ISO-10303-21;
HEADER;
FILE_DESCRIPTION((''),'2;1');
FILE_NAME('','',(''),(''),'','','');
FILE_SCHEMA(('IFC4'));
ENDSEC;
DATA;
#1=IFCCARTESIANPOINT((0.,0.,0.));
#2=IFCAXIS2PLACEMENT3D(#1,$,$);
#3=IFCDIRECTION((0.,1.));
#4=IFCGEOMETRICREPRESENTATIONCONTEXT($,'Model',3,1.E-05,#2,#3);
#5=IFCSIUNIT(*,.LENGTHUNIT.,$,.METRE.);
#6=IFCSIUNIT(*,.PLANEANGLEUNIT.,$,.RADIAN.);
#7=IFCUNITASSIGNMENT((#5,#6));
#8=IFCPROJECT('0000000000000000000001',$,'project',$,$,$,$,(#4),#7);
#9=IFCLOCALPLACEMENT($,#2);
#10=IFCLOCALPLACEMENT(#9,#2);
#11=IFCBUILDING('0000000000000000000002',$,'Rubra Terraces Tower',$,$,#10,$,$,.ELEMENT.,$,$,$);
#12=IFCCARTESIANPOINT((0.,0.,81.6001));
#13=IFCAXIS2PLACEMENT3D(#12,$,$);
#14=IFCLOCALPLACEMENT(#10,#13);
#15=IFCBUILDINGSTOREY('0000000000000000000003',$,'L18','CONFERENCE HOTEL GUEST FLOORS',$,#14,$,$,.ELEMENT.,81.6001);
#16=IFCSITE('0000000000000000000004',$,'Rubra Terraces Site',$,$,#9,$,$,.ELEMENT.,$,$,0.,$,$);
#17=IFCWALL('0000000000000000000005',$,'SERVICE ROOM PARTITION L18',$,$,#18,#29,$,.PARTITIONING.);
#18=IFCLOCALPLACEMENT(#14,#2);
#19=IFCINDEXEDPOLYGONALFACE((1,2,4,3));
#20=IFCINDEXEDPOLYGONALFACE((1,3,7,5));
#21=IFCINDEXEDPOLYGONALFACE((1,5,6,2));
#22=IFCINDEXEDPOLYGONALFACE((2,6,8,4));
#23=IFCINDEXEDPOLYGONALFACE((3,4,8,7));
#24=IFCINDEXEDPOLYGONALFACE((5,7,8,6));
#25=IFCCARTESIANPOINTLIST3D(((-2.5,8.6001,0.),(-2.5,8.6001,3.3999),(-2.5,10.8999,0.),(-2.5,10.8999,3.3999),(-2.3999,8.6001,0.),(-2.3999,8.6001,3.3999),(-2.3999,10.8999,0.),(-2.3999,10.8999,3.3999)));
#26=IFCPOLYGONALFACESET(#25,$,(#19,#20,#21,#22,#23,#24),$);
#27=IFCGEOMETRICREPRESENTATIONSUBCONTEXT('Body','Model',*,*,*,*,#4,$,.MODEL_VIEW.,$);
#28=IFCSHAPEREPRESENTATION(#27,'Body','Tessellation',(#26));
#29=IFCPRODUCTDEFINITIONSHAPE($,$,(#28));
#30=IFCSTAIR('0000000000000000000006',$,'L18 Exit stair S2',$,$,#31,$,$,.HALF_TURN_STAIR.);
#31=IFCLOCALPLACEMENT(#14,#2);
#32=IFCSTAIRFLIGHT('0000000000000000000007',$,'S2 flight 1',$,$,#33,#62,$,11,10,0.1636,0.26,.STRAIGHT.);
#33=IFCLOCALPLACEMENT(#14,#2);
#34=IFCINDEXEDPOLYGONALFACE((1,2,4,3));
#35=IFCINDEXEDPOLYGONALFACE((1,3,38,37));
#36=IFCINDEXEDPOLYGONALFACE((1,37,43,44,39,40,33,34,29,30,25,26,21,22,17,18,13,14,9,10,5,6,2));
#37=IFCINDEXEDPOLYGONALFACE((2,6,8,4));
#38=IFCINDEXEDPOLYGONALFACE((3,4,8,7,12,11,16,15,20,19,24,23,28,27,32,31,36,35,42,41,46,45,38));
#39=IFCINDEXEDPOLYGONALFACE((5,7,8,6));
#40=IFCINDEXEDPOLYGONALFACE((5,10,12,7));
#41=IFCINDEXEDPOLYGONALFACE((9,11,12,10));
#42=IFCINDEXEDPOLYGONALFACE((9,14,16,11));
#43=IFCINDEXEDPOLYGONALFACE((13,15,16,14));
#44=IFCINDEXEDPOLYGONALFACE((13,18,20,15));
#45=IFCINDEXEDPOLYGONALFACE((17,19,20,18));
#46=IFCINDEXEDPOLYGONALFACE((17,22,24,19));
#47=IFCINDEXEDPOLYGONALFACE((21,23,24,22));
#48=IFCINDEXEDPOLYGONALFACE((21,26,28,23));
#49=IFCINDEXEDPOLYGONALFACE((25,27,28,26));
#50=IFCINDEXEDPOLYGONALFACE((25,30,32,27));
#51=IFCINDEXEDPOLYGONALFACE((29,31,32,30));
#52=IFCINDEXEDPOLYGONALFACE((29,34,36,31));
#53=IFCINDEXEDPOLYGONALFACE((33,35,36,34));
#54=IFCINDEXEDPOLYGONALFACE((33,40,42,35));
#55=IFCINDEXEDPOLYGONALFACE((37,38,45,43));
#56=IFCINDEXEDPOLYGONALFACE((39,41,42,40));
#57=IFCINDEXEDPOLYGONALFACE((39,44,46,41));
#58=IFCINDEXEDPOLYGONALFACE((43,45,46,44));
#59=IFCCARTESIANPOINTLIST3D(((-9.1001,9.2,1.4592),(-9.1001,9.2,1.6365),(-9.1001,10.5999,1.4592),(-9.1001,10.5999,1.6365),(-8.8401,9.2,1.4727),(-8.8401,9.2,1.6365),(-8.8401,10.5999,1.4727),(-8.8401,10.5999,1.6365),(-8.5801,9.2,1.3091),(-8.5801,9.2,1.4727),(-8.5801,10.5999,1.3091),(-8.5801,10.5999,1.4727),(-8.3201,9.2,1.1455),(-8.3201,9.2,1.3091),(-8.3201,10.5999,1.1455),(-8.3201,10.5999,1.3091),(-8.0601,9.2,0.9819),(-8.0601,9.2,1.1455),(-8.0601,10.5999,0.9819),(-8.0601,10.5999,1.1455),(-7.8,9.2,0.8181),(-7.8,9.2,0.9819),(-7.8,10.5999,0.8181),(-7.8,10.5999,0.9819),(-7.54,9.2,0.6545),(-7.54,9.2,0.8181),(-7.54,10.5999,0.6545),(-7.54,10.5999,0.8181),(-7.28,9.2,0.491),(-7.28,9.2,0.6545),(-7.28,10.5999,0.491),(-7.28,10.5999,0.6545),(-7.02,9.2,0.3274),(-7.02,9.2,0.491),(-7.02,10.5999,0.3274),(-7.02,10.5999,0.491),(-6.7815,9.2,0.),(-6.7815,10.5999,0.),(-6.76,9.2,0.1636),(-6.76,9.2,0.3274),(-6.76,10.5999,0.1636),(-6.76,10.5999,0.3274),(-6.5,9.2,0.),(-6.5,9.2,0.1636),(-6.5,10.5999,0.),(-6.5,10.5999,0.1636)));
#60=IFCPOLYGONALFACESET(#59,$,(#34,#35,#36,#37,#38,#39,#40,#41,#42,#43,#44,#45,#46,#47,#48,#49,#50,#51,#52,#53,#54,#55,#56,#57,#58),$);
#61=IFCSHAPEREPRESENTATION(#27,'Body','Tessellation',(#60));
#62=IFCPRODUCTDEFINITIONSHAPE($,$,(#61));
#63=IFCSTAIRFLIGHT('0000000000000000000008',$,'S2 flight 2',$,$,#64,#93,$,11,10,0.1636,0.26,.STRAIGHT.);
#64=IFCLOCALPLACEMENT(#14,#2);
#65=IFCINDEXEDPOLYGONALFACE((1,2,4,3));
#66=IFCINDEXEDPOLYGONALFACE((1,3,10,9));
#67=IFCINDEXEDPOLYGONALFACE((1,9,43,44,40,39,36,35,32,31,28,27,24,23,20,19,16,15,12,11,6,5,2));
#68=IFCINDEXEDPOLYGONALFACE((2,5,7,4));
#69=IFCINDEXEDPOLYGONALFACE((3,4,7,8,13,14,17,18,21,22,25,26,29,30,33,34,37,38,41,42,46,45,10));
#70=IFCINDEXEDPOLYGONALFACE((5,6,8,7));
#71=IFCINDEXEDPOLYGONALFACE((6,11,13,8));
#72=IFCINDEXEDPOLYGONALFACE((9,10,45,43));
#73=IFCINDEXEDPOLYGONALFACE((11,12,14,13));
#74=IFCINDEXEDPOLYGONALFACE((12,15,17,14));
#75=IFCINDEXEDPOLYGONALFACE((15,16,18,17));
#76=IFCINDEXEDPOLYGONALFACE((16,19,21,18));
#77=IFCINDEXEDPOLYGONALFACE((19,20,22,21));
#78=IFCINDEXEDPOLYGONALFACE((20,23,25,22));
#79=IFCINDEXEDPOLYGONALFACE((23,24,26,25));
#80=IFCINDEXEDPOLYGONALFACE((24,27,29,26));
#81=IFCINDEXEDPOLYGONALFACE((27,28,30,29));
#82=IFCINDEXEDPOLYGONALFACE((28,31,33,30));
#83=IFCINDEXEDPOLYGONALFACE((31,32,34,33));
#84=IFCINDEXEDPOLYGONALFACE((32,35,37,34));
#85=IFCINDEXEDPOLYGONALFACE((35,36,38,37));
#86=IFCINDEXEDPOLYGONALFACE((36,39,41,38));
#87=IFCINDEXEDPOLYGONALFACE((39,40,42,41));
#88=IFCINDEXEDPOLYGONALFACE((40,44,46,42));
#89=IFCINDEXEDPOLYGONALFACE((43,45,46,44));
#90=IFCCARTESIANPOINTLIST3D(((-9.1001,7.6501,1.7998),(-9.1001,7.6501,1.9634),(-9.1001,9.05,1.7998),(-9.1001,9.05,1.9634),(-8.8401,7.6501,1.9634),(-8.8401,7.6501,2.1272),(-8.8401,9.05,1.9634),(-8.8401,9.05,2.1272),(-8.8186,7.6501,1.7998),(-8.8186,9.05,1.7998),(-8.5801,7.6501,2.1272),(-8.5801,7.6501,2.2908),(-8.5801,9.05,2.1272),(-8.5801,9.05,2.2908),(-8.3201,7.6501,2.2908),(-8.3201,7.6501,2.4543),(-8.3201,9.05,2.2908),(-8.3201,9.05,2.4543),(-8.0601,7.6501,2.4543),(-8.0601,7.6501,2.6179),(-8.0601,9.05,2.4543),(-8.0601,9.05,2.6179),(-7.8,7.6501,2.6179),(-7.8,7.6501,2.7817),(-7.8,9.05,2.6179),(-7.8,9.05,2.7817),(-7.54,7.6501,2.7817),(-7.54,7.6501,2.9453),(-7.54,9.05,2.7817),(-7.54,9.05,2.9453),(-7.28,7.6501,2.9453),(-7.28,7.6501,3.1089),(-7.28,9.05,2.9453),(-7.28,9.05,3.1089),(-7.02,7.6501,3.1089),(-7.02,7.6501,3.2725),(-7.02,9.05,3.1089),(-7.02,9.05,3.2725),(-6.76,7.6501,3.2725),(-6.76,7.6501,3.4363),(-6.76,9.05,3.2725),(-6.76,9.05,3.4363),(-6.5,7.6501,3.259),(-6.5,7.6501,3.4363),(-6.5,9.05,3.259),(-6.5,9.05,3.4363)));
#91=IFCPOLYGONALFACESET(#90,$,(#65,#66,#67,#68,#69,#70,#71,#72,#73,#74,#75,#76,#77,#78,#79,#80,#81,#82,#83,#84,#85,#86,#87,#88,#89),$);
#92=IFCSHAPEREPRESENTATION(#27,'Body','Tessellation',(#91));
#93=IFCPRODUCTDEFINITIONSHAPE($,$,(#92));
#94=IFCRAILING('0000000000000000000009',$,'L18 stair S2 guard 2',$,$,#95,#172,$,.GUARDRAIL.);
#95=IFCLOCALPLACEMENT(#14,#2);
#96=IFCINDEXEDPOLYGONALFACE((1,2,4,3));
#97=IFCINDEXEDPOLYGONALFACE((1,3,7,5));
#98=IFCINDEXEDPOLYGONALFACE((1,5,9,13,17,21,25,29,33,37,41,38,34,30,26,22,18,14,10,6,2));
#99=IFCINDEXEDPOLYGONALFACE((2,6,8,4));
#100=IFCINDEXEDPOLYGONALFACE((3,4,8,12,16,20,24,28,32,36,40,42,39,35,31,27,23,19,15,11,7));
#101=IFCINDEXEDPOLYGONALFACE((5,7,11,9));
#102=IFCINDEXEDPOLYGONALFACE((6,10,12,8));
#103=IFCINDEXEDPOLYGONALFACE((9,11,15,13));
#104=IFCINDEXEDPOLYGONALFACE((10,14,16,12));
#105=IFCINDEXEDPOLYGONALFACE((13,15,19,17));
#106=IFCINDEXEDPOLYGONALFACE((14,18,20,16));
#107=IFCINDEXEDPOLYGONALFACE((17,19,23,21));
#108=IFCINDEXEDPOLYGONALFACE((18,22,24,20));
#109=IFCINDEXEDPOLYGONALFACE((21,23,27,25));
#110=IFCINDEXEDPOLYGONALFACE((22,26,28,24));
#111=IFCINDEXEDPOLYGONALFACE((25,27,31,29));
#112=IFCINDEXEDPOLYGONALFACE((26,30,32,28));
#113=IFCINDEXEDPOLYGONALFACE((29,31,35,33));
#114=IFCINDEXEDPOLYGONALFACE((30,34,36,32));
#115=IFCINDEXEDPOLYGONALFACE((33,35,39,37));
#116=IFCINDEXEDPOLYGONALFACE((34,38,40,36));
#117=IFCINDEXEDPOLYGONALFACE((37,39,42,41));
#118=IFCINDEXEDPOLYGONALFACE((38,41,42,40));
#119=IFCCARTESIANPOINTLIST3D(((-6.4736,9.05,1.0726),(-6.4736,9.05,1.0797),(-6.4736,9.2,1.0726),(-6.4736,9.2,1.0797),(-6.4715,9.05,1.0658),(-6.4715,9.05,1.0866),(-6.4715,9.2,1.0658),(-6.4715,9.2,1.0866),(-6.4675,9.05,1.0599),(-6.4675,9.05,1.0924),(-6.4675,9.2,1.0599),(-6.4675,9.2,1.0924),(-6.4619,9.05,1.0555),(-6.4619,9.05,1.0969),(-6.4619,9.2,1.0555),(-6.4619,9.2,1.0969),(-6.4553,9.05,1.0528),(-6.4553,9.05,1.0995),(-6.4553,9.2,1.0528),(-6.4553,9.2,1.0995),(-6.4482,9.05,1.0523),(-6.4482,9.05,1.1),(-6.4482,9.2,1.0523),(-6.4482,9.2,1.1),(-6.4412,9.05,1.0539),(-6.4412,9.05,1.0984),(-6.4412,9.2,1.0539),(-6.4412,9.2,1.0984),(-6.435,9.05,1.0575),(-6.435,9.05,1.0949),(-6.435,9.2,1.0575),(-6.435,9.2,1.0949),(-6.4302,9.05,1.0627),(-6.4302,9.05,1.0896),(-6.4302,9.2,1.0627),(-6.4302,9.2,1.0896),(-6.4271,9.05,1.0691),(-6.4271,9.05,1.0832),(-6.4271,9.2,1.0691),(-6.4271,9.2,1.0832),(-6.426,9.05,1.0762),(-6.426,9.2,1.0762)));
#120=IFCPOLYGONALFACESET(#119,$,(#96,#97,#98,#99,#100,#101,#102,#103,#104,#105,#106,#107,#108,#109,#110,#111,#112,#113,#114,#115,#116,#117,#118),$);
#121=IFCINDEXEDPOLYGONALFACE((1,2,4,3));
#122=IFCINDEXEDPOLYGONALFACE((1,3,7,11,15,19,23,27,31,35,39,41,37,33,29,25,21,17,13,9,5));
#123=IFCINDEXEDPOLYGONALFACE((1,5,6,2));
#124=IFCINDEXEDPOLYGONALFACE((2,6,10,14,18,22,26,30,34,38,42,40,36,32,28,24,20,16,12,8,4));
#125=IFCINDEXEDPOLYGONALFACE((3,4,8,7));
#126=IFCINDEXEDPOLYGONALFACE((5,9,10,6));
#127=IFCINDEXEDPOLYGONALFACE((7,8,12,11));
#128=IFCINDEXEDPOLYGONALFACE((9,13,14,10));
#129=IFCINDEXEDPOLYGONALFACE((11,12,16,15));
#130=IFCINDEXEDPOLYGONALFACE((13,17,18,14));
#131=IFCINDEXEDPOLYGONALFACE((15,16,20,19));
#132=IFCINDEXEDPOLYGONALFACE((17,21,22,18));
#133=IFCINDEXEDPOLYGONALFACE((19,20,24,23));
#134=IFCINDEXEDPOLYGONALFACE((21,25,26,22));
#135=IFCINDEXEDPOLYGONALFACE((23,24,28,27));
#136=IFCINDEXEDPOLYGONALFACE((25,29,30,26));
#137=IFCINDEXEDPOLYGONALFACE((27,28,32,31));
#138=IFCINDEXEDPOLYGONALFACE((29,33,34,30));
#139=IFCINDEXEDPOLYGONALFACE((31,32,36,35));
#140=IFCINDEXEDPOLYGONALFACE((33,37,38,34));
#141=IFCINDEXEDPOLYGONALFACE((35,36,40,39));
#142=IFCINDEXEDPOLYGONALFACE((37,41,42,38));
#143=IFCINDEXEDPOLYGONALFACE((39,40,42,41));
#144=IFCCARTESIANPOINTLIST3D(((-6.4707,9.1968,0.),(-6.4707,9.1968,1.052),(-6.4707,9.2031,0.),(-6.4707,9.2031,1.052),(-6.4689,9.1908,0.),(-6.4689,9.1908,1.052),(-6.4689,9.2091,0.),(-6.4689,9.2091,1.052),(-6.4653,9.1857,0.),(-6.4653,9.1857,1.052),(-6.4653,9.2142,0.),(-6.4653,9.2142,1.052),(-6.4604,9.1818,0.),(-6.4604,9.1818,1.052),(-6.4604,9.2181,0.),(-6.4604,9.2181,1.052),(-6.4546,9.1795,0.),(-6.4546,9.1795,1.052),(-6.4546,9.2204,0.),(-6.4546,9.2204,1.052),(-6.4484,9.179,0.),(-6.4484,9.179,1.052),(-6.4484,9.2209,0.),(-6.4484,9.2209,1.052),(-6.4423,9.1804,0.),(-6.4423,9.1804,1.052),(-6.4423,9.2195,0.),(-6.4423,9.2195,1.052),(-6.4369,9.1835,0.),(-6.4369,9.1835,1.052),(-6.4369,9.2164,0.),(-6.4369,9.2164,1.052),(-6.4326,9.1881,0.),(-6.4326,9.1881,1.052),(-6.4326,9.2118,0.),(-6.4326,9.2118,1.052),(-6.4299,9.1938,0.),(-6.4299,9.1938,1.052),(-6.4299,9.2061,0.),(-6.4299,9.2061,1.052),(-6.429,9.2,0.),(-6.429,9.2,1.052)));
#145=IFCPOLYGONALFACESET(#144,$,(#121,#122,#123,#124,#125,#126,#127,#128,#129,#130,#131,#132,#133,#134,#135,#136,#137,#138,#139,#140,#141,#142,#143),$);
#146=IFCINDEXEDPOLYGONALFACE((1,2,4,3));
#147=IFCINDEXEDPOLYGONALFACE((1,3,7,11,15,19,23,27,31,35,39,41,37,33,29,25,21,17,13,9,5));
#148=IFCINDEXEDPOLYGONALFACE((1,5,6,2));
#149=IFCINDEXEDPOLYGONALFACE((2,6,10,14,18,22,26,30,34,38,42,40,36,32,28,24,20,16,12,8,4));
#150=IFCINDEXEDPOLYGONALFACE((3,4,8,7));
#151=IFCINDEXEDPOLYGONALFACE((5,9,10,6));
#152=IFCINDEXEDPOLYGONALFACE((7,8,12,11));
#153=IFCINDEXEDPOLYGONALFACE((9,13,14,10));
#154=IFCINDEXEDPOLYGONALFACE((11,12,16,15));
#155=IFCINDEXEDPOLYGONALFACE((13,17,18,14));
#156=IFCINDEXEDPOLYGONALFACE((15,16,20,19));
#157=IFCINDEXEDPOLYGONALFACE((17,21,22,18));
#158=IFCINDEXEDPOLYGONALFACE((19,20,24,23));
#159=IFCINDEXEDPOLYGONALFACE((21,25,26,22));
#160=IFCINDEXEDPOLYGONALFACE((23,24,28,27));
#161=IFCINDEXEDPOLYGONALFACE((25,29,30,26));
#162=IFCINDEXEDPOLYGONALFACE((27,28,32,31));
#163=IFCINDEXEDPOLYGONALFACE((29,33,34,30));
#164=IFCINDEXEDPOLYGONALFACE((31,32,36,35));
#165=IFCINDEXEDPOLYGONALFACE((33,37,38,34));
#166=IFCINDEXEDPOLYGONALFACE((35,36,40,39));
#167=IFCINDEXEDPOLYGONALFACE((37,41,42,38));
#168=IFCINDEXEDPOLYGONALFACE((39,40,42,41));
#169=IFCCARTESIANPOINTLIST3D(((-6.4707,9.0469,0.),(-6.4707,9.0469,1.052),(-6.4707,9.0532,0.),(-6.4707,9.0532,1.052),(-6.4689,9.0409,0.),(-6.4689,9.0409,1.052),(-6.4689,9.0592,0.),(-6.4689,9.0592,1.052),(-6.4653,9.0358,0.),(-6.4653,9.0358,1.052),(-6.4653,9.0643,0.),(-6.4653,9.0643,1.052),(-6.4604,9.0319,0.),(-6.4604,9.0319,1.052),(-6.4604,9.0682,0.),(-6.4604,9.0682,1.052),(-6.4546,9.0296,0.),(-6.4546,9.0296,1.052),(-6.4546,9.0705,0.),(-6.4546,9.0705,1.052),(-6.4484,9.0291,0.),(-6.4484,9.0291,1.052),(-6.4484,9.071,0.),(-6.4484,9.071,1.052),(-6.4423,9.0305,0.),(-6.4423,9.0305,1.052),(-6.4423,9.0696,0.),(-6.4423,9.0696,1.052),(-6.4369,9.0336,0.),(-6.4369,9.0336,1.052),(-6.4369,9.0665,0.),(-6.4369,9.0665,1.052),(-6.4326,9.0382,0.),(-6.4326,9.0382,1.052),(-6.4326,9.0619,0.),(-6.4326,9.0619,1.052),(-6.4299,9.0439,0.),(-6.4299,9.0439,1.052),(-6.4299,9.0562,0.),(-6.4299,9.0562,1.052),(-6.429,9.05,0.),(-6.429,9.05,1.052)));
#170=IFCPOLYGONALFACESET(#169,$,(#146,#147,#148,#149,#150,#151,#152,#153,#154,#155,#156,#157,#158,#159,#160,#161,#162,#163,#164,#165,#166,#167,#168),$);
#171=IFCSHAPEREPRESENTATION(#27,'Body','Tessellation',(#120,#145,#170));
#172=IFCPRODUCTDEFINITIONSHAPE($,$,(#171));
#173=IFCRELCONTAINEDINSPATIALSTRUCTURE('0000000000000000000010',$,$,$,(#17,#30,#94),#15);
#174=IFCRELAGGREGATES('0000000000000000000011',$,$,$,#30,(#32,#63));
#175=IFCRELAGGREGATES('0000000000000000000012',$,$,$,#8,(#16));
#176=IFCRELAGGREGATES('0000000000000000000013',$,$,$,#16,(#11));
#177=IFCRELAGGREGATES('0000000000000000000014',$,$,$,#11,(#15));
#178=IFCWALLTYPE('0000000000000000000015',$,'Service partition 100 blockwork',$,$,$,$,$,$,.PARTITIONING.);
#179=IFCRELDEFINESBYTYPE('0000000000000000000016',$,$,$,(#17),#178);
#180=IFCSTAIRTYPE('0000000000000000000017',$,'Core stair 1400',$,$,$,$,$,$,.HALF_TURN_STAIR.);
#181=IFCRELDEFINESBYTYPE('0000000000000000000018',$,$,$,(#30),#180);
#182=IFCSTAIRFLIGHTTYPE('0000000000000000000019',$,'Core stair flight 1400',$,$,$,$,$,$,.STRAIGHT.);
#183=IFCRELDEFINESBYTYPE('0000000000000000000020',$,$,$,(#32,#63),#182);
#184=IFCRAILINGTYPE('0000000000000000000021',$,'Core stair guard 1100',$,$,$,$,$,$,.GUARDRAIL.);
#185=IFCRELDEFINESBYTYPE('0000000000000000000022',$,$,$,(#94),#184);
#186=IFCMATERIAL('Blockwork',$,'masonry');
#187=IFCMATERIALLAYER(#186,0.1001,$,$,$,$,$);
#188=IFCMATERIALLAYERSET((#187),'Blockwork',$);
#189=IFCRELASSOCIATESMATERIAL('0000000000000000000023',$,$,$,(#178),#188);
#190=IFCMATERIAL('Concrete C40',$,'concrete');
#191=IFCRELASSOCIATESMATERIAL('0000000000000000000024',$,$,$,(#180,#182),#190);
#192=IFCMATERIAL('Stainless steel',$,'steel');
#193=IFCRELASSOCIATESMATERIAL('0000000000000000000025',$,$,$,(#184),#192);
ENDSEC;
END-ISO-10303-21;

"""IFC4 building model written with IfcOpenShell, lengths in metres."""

from ifc_helpers import new_model, si_unit, direction, frame, frame_2d, origin, origin_2d, place, context, subcontext, project, spatial, polyline, rectangle, circle, outline, extrude, material, layer, layer_set, type_object, element, aggregate, save


model = new_model("IFC4")

# Units and contexts
model_context = context("Model", 3, precision=1e-05, world=origin(), true_north=direction((0.0, 1.0)))
body_context = subcontext(model_context, "Body", "Model", "MODEL_VIEW")
ifc_project = project(units=[si_unit("LENGTHUNIT", "METRE"), si_unit("PLANEANGLEUNIT", "RADIAN")], contexts=[model_context])

# Site, building, storey
site_placement = place(None, origin())
site = spatial("IfcSite", under=ifc_project, at=site_placement, Name="Rubra Terraces Site", CompositionType="ELEMENT", RefElevation=0.0)
building_placement = place(site_placement, origin())
building = spatial("IfcBuilding", under=site, at=building_placement, Name="Rubra Terraces Tower", CompositionType="ELEMENT")
storey_placement = place(building_placement, frame((0.0, 0.0, 81.6001)))
storey = spatial("IfcBuildingStorey", under=building, at=storey_placement, Name="L18", Description="CONFERENCE HOTEL GUEST FLOORS", CompositionType="ELEMENT", Elevation=81.6001)

# Wall
ifc_material_1 = material(Name="Concrete C40", Category="concrete")
ifc_material_2 = material(Name="Blockwork", Category="masonry")
ifc_layer_1 = layer(ifc_material_2, 0.1001)
ifc_layer_set_1 = layer_set([ifc_layer_1], Name="Blockwork")
wall_type_1 = type_object("IfcWallType", Name="Service partition 100 blockwork", PredefinedType="PARTITIONING", material=ifc_layer_set_1)
wall_1_placement = place(storey_placement, frame((-2.45, 8.6001, 0.0), z_axis=(0.0, 0.0, 1.0), x_axis=(0.0, 1.0, 0.0)))
element("IfcWall", 1, at=wall_1_placement, inside=storey, type_object=wall_type_1, Name="SERVICE ROOM PARTITION L18", PredefinedType="PARTITIONING", context=body_context, shape_type="SweptSolid", body=[
    extrude(rectangle(XDim=2.2998, YDim=0.1001, at=frame_2d((1.1499, 0.0))), origin(), (0.0, 0.0, 1.0), 3.3999),
])

# Stair, stair flights
stair_type = type_object("IfcStairType", Name="Core stair 1400", PredefinedType="HALF_TURN_STAIR", material=ifc_material_1)
stair_placement = place(storey_placement, origin())
stair = element("IfcStair", 2, at=stair_placement, inside=storey, type_object=stair_type, Name="L18 Exit stair S2", PredefinedType="HALF_TURN_STAIR")
stair_flight_type = type_object("IfcStairFlightType", Name="Core stair flight 1400", PredefinedType="STRAIGHT", material=ifc_material_1)
stair_flight_1_placement = place(storey_placement, frame((-6.5, 9.8999, 0.0), z_axis=(0.0, 0.0, 1.0), x_axis=(-1.0, 0.0, 0.0)))
stair_flight_1 = element("IfcStairFlight", 3, at=stair_flight_1_placement, type_object=stair_flight_type, Name="S2 flight 1", NumberOfRisers=11, NumberOfTreads=10, PredefinedType="STRAIGHT", RiserHeight=0.1636, TreadLength=0.26, context=body_context, shape_type="SweptSolid", body=[
    extrude(outline(polyline([(0.0, 0.0), (0.0, 0.1636), (0.26, 0.1636), (0.26, 0.3274), (0.52, 0.3274), (0.52, 0.491), (0.78, 0.491), (0.78, 0.6545), (1.04, 0.6545), (1.04, 0.8181), (1.3, 0.8181), (1.3, 0.9819), (1.5601, 0.9819), (1.5601, 1.1455), (1.8201, 1.1455), (1.8201, 1.3091), (2.0801, 1.3091), (2.0801, 1.4727), (2.3401, 1.4727), (2.3401, 1.6365), (2.6001, 1.6365), (2.6001, 1.8), (2.6001, 1.4592), (0.2815, 0.0), (0.0, 0.0)])), frame((0.0, 0.7, 0.0), z_axis=(0.0, -1.0, 0.0), x_axis=(1.0, 0.0, 0.0)), (0.0, 0.0, 1.0), 1.3999),
])
stair_flight_2_placement = place(storey_placement, frame((-9.1001, 8.3501, 1.7998), z_axis=(0.0, 0.0, 1.0), x_axis=(1.0, 0.0, 0.0)))
stair_flight_2 = element("IfcStairFlight", 4, at=stair_flight_2_placement, type_object=stair_flight_type, Name="S2 flight 2", NumberOfRisers=11, NumberOfTreads=10, PredefinedType="STRAIGHT", RiserHeight=0.1636, TreadLength=0.26, context=body_context, shape_type="SweptSolid", body=[
    extrude(outline(polyline([(0.0, 0.0), (0.0, 0.1636), (0.26, 0.1636), (0.26, 0.3274), (0.52, 0.3274), (0.52, 0.491), (0.78, 0.491), (0.78, 0.6545), (1.04, 0.6545), (1.04, 0.8181), (1.3, 0.8181), (1.3, 0.9819), (1.5601, 0.9819), (1.5601, 1.1455), (1.8201, 1.1455), (1.8201, 1.3091), (2.0801, 1.3091), (2.0801, 1.4727), (2.3401, 1.4727), (2.3401, 1.6365), (2.6001, 1.6365), (2.6001, 1.8), (2.6001, 1.4592), (0.2815, 0.0), (0.0, 0.0)])), frame((0.0, 0.7, 0.0), z_axis=(0.0, -1.0, 0.0), x_axis=(1.0, 0.0, 0.0)), (0.0, 0.0, 1.0), 1.3999),
])
aggregate(stair, [stair_flight_1, stair_flight_2])

# Railing
ifc_material_3 = material(Name="Stainless steel", Category="steel")
railing_type_1 = type_object("IfcRailingType", Name="Core stair guard 1100", PredefinedType="GUARDRAIL", material=ifc_material_3)
railing_1_placement = place(storey_placement, frame((-6.45, 9.2, 0.0)))
element("IfcRailing", 5, at=railing_1_placement, inside=storey, type_object=railing_type_1, Name="L18 stair S2 guard 2", PredefinedType="GUARDRAIL", context=body_context, shape_type="SweptSolid", body=[
    extrude(circle(Radius=0.0239, at=origin_2d()), frame((0.0, 0.0, 1.0762), z_axis=(0.0, -1.0, 0.0), x_axis=(1.0, 0.0, 0.0)), (0.0, 0.0, 1.0), 0.1499),
    extrude(circle(Radius=0.021, at=origin_2d()), origin(), (0.0, 0.0, 1.0), 1.052),
    extrude(circle(Radius=0.021, at=origin_2d()), frame((0.0, -0.1499, 0.0)), (0.0, 0.0, 1.0), 1.052),
])

save(model, "model.ifc")
